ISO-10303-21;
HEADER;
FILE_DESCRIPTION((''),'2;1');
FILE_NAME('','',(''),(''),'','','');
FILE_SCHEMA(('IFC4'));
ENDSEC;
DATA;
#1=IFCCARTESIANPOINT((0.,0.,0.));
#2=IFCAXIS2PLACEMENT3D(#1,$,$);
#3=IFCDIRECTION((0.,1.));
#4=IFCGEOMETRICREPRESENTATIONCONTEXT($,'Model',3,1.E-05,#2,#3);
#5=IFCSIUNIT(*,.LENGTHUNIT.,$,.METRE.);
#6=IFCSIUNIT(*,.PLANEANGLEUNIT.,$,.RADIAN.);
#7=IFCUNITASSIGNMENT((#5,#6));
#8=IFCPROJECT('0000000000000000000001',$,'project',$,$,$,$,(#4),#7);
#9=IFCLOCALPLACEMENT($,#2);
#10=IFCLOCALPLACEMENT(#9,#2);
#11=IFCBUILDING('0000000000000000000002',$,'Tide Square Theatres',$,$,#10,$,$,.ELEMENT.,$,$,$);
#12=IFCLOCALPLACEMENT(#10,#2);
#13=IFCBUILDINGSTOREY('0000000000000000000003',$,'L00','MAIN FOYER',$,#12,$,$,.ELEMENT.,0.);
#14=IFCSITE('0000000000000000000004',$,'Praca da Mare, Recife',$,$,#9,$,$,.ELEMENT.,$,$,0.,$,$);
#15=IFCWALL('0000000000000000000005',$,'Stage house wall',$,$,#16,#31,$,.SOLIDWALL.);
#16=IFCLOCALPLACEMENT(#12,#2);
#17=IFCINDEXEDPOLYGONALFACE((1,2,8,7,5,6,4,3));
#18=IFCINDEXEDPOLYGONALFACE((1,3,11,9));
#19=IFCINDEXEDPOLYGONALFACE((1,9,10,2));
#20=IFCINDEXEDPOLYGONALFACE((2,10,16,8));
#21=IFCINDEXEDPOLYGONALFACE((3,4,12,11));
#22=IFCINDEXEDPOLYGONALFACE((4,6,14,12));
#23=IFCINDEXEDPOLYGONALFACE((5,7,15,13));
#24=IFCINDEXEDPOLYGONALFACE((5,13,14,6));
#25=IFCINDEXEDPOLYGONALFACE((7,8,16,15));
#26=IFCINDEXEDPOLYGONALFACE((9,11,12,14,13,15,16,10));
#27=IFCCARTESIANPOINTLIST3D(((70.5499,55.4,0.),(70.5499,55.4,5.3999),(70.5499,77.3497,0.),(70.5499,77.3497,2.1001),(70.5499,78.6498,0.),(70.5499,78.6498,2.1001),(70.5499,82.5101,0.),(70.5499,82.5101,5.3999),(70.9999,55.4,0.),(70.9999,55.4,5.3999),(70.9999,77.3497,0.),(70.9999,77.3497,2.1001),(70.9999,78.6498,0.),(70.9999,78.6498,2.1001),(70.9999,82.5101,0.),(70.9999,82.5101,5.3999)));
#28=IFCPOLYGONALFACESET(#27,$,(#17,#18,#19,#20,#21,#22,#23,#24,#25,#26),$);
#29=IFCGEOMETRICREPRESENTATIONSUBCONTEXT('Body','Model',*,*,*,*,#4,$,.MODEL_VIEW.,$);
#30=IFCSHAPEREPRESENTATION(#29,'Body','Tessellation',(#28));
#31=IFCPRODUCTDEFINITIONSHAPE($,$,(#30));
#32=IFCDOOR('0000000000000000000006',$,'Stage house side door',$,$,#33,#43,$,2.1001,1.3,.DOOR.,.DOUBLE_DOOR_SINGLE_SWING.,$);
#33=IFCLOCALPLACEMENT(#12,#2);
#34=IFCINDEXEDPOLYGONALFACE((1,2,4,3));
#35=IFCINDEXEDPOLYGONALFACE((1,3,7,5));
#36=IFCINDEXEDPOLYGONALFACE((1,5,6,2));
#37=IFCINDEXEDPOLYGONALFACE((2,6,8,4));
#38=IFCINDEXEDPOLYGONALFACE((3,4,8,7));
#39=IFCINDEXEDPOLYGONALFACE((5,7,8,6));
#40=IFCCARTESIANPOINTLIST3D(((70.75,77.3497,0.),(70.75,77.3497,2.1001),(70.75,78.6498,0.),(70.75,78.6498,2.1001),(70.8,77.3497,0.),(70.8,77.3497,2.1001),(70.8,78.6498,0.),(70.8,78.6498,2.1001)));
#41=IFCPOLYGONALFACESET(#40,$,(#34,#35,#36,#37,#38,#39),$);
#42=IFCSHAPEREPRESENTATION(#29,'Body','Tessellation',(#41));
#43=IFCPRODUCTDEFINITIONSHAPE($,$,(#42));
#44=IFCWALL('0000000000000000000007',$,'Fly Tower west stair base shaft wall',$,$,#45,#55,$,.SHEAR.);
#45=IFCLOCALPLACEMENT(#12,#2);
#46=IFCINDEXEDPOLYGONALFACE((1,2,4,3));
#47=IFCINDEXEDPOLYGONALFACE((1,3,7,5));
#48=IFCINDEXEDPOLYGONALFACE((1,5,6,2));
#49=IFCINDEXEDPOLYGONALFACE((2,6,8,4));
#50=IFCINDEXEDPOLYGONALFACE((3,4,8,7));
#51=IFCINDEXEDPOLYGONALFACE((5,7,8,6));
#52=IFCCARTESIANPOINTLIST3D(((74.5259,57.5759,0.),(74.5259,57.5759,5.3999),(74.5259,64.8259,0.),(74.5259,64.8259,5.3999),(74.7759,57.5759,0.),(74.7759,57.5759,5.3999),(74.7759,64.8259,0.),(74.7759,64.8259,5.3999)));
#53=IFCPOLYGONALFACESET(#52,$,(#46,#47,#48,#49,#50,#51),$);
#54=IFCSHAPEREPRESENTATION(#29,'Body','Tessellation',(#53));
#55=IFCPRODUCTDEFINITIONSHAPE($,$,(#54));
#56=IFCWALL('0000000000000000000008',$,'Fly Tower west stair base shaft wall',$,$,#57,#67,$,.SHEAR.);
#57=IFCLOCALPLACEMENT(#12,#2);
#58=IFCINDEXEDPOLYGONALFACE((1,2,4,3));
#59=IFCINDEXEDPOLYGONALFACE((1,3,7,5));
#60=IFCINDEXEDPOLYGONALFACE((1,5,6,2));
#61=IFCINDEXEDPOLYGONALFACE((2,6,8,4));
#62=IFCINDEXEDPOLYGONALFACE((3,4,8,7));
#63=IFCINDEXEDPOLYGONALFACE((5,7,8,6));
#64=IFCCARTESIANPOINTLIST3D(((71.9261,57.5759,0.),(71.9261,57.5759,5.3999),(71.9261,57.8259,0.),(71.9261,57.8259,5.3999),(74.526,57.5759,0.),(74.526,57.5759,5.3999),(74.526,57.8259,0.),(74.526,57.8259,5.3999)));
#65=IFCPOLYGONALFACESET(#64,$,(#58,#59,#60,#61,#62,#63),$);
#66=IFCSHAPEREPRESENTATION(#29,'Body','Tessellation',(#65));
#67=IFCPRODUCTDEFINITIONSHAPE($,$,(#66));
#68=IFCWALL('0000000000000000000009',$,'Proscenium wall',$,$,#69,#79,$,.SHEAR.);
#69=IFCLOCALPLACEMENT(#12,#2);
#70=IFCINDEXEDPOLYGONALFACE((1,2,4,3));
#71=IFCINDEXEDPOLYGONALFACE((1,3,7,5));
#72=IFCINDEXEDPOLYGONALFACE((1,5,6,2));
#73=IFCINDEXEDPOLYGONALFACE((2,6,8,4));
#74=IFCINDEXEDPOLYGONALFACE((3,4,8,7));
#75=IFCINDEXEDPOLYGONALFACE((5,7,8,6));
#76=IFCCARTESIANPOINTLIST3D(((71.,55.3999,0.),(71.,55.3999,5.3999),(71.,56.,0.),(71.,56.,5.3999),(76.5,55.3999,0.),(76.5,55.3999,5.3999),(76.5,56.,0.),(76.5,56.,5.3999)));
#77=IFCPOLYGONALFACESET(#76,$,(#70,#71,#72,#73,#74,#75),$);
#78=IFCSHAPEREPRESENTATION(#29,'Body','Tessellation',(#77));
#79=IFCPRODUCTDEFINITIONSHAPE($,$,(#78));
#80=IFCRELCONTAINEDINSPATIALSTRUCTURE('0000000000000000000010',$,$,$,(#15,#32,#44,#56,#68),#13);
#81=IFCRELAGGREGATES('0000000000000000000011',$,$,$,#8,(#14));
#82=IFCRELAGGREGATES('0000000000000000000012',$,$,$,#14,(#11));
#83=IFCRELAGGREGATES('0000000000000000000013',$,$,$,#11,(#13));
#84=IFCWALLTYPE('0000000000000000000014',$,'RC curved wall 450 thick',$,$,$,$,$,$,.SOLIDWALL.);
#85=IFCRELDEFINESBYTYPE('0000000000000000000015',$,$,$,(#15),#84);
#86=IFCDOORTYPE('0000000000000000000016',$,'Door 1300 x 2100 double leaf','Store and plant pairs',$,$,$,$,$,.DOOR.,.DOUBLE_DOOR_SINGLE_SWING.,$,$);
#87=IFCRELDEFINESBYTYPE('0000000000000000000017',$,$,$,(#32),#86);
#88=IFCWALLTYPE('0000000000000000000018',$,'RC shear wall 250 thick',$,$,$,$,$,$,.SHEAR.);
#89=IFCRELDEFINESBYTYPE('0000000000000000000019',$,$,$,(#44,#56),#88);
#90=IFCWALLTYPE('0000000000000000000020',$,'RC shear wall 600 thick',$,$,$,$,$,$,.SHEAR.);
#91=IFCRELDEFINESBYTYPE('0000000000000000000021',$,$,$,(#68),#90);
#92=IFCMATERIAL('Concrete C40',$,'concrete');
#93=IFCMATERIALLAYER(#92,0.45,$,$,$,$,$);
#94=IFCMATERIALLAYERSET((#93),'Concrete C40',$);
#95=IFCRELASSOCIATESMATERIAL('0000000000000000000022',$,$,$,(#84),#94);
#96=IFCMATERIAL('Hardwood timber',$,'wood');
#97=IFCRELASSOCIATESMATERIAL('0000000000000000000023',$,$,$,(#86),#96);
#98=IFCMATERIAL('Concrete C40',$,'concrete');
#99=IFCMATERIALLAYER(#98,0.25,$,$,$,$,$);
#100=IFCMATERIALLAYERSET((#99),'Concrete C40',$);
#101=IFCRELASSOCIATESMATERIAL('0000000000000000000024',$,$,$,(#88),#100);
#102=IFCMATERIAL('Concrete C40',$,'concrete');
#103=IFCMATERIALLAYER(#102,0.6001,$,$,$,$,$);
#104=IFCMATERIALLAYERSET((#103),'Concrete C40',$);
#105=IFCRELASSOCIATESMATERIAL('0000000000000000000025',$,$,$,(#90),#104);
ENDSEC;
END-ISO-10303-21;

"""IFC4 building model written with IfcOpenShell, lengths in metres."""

from ifc_helpers import new_model, si_unit, direction, frame, frame_2d, origin, place, context, subcontext, project, spatial, rectangle, extrude, material, layer, layer_set, type_object, element, fill, save


model = new_model("IFC4")

# Units and contexts
model_context = context("Model", 3, precision=1e-05, world=origin(), true_north=direction((0.0, 1.0)))
body_context = subcontext(model_context, "Body", "Model", "MODEL_VIEW")
ifc_project = project(units=[si_unit("LENGTHUNIT", "METRE"), si_unit("PLANEANGLEUNIT", "RADIAN")], contexts=[model_context])

# Site, building, storey
site_placement = place(None, origin())
site = spatial("IfcSite", under=ifc_project, at=site_placement, Name="Praca da Mare, Recife", CompositionType="ELEMENT", RefElevation=0.0)
building_placement = place(site_placement, origin())
building = spatial("IfcBuilding", under=site, at=building_placement, Name="Tide Square Theatres", CompositionType="ELEMENT")
storey_placement = place(building_placement, origin())
storey = spatial("IfcBuildingStorey", under=building, at=storey_placement, Name="L00", Description="MAIN FOYER", CompositionType="ELEMENT", Elevation=0.0)

# Wall, opening, door
ifc_material_1 = material(Name="Concrete C40", Category="concrete")
ifc_layer_1 = layer(ifc_material_1, 0.45)
ifc_layer_set_1 = layer_set([ifc_layer_1], Name="Concrete C40")
wall_type_1 = type_object("IfcWallType", Name="RC curved wall 450 thick", PredefinedType="SOLIDWALL", material=ifc_layer_set_1)
wall_1_placement = place(storey_placement, frame((70.7749, 55.3999, 0.0), z_axis=(0.0, 0.0, 1.0), x_axis=(0.0, 1.0, 0.0)))
wall_1 = element("IfcWall", 1, at=wall_1_placement, inside=storey, type_object=wall_type_1, Name="Stage house wall", PredefinedType="SOLIDWALL", context=body_context, shape_type="SweptSolid", body=[
    extrude(rectangle(XDim=27.1101, YDim=0.45, at=frame_2d((13.5552, 0.0))), origin(), (0.0, 0.0, 1.0), 5.3999),
])
opening_placement = place(wall_1_placement, frame((21.95, 0.0, 0.0)))
opening = element("IfcOpeningElement", 2, at=opening_placement, cuts=wall_1, PredefinedType="OPENING", context=body_context, shape_type="SweptSolid", body=[
    extrude(rectangle(XDim=1.3, YDim=2.1001, at=frame_2d((0.6499, 1.05))), frame((0.0, 0.2349, 0.0), z_axis=(0.0, -1.0, 0.0), x_axis=(1.0, 0.0, 0.0)), (0.0, 0.0, 1.0), 0.47),
])
ifc_material_2 = material(Name="Hardwood timber", Category="wood")
door_type = type_object("IfcDoorType", Name="Door 1300 x 2100 double leaf", Description="Store and plant pairs", OperationType="DOUBLE_DOOR_SINGLE_SWING", PredefinedType="DOOR", material=ifc_material_2)
door_placement = place(opening_placement, origin())
door = element("IfcDoor", 3, at=door_placement, inside=storey, type_object=door_type, Name="Stage house side door", OperationType="DOUBLE_DOOR_SINGLE_SWING", OverallHeight=2.1001, OverallWidth=1.3, PredefinedType="DOOR", context=body_context, shape_type="SweptSolid", body=[
    extrude(rectangle(XDim=1.3, YDim=2.1001, at=frame_2d((0.6499, 1.05))), frame((0.0, 0.0249, 0.0), z_axis=(0.0, -1.0, 0.0), x_axis=(1.0, 0.0, 0.0)), (0.0, 0.0, 1.0), 0.05),
])
fill(opening, door)

# Walls
ifc_material_3 = material(Name="Concrete C40", Category="concrete")
ifc_layer_2 = layer(ifc_material_3, 0.25)
ifc_layer_set_2 = layer_set([ifc_layer_2], Name="Concrete C40")
wall_type_2 = type_object("IfcWallType", Name="RC shear wall 250 thick", PredefinedType="SHEAR", material=ifc_layer_set_2)
wall_2_placement = place(storey_placement, frame((74.6509, 57.5759, 0.0), z_axis=(0.0, 0.0, 1.0), x_axis=(0.0, 1.0, 0.0)))
element("IfcWall", 4, at=wall_2_placement, inside=storey, type_object=wall_type_2, Name="Fly Tower west stair base shaft wall", PredefinedType="SHEAR", context=body_context, shape_type="SweptSolid", body=[
    extrude(rectangle(XDim=7.25, YDim=0.25, at=frame_2d((3.625, 0.0))), origin(), (0.0, 0.0, 1.0), 5.3999),
])
wall_3_placement = place(storey_placement, frame((74.5259, 57.7009, 0.0), z_axis=(0.0, 0.0, 1.0), x_axis=(-1.0, 0.0, 0.0)))
element("IfcWall", 5, at=wall_3_placement, inside=storey, type_object=wall_type_2, Name="Fly Tower west stair base shaft wall", PredefinedType="SHEAR", context=body_context, shape_type="SweptSolid", body=[
    extrude(rectangle(XDim=2.5999, YDim=0.25, at=frame_2d((1.2998, 0.0))), origin(), (0.0, 0.0, 1.0), 5.3999),
])
ifc_material_4 = material(Name="Concrete C40", Category="concrete")
ifc_layer_3 = layer(ifc_material_4, 0.6001)
ifc_layer_set_3 = layer_set([ifc_layer_3], Name="Concrete C40")
wall_type_3 = type_object("IfcWallType", Name="RC shear wall 600 thick", PredefinedType="SHEAR", material=ifc_layer_set_3)
wall_4_placement = place(storey_placement, frame((71.0, 55.7, 0.0), z_axis=(0.0, 0.0, 1.0), x_axis=(1.0, 0.0, 0.0)))
element("IfcWall", 6, at=wall_4_placement, inside=storey, type_object=wall_type_3, Name="Proscenium wall", PredefinedType="SHEAR", context=body_context, shape_type="SweptSolid", body=[
    extrude(rectangle(XDim=5.5, YDim=0.6001, at=frame_2d((2.75, 0.0))), origin(), (0.0, 0.0, 1.0), 5.3999),
])

save(model, "model.ifc")
